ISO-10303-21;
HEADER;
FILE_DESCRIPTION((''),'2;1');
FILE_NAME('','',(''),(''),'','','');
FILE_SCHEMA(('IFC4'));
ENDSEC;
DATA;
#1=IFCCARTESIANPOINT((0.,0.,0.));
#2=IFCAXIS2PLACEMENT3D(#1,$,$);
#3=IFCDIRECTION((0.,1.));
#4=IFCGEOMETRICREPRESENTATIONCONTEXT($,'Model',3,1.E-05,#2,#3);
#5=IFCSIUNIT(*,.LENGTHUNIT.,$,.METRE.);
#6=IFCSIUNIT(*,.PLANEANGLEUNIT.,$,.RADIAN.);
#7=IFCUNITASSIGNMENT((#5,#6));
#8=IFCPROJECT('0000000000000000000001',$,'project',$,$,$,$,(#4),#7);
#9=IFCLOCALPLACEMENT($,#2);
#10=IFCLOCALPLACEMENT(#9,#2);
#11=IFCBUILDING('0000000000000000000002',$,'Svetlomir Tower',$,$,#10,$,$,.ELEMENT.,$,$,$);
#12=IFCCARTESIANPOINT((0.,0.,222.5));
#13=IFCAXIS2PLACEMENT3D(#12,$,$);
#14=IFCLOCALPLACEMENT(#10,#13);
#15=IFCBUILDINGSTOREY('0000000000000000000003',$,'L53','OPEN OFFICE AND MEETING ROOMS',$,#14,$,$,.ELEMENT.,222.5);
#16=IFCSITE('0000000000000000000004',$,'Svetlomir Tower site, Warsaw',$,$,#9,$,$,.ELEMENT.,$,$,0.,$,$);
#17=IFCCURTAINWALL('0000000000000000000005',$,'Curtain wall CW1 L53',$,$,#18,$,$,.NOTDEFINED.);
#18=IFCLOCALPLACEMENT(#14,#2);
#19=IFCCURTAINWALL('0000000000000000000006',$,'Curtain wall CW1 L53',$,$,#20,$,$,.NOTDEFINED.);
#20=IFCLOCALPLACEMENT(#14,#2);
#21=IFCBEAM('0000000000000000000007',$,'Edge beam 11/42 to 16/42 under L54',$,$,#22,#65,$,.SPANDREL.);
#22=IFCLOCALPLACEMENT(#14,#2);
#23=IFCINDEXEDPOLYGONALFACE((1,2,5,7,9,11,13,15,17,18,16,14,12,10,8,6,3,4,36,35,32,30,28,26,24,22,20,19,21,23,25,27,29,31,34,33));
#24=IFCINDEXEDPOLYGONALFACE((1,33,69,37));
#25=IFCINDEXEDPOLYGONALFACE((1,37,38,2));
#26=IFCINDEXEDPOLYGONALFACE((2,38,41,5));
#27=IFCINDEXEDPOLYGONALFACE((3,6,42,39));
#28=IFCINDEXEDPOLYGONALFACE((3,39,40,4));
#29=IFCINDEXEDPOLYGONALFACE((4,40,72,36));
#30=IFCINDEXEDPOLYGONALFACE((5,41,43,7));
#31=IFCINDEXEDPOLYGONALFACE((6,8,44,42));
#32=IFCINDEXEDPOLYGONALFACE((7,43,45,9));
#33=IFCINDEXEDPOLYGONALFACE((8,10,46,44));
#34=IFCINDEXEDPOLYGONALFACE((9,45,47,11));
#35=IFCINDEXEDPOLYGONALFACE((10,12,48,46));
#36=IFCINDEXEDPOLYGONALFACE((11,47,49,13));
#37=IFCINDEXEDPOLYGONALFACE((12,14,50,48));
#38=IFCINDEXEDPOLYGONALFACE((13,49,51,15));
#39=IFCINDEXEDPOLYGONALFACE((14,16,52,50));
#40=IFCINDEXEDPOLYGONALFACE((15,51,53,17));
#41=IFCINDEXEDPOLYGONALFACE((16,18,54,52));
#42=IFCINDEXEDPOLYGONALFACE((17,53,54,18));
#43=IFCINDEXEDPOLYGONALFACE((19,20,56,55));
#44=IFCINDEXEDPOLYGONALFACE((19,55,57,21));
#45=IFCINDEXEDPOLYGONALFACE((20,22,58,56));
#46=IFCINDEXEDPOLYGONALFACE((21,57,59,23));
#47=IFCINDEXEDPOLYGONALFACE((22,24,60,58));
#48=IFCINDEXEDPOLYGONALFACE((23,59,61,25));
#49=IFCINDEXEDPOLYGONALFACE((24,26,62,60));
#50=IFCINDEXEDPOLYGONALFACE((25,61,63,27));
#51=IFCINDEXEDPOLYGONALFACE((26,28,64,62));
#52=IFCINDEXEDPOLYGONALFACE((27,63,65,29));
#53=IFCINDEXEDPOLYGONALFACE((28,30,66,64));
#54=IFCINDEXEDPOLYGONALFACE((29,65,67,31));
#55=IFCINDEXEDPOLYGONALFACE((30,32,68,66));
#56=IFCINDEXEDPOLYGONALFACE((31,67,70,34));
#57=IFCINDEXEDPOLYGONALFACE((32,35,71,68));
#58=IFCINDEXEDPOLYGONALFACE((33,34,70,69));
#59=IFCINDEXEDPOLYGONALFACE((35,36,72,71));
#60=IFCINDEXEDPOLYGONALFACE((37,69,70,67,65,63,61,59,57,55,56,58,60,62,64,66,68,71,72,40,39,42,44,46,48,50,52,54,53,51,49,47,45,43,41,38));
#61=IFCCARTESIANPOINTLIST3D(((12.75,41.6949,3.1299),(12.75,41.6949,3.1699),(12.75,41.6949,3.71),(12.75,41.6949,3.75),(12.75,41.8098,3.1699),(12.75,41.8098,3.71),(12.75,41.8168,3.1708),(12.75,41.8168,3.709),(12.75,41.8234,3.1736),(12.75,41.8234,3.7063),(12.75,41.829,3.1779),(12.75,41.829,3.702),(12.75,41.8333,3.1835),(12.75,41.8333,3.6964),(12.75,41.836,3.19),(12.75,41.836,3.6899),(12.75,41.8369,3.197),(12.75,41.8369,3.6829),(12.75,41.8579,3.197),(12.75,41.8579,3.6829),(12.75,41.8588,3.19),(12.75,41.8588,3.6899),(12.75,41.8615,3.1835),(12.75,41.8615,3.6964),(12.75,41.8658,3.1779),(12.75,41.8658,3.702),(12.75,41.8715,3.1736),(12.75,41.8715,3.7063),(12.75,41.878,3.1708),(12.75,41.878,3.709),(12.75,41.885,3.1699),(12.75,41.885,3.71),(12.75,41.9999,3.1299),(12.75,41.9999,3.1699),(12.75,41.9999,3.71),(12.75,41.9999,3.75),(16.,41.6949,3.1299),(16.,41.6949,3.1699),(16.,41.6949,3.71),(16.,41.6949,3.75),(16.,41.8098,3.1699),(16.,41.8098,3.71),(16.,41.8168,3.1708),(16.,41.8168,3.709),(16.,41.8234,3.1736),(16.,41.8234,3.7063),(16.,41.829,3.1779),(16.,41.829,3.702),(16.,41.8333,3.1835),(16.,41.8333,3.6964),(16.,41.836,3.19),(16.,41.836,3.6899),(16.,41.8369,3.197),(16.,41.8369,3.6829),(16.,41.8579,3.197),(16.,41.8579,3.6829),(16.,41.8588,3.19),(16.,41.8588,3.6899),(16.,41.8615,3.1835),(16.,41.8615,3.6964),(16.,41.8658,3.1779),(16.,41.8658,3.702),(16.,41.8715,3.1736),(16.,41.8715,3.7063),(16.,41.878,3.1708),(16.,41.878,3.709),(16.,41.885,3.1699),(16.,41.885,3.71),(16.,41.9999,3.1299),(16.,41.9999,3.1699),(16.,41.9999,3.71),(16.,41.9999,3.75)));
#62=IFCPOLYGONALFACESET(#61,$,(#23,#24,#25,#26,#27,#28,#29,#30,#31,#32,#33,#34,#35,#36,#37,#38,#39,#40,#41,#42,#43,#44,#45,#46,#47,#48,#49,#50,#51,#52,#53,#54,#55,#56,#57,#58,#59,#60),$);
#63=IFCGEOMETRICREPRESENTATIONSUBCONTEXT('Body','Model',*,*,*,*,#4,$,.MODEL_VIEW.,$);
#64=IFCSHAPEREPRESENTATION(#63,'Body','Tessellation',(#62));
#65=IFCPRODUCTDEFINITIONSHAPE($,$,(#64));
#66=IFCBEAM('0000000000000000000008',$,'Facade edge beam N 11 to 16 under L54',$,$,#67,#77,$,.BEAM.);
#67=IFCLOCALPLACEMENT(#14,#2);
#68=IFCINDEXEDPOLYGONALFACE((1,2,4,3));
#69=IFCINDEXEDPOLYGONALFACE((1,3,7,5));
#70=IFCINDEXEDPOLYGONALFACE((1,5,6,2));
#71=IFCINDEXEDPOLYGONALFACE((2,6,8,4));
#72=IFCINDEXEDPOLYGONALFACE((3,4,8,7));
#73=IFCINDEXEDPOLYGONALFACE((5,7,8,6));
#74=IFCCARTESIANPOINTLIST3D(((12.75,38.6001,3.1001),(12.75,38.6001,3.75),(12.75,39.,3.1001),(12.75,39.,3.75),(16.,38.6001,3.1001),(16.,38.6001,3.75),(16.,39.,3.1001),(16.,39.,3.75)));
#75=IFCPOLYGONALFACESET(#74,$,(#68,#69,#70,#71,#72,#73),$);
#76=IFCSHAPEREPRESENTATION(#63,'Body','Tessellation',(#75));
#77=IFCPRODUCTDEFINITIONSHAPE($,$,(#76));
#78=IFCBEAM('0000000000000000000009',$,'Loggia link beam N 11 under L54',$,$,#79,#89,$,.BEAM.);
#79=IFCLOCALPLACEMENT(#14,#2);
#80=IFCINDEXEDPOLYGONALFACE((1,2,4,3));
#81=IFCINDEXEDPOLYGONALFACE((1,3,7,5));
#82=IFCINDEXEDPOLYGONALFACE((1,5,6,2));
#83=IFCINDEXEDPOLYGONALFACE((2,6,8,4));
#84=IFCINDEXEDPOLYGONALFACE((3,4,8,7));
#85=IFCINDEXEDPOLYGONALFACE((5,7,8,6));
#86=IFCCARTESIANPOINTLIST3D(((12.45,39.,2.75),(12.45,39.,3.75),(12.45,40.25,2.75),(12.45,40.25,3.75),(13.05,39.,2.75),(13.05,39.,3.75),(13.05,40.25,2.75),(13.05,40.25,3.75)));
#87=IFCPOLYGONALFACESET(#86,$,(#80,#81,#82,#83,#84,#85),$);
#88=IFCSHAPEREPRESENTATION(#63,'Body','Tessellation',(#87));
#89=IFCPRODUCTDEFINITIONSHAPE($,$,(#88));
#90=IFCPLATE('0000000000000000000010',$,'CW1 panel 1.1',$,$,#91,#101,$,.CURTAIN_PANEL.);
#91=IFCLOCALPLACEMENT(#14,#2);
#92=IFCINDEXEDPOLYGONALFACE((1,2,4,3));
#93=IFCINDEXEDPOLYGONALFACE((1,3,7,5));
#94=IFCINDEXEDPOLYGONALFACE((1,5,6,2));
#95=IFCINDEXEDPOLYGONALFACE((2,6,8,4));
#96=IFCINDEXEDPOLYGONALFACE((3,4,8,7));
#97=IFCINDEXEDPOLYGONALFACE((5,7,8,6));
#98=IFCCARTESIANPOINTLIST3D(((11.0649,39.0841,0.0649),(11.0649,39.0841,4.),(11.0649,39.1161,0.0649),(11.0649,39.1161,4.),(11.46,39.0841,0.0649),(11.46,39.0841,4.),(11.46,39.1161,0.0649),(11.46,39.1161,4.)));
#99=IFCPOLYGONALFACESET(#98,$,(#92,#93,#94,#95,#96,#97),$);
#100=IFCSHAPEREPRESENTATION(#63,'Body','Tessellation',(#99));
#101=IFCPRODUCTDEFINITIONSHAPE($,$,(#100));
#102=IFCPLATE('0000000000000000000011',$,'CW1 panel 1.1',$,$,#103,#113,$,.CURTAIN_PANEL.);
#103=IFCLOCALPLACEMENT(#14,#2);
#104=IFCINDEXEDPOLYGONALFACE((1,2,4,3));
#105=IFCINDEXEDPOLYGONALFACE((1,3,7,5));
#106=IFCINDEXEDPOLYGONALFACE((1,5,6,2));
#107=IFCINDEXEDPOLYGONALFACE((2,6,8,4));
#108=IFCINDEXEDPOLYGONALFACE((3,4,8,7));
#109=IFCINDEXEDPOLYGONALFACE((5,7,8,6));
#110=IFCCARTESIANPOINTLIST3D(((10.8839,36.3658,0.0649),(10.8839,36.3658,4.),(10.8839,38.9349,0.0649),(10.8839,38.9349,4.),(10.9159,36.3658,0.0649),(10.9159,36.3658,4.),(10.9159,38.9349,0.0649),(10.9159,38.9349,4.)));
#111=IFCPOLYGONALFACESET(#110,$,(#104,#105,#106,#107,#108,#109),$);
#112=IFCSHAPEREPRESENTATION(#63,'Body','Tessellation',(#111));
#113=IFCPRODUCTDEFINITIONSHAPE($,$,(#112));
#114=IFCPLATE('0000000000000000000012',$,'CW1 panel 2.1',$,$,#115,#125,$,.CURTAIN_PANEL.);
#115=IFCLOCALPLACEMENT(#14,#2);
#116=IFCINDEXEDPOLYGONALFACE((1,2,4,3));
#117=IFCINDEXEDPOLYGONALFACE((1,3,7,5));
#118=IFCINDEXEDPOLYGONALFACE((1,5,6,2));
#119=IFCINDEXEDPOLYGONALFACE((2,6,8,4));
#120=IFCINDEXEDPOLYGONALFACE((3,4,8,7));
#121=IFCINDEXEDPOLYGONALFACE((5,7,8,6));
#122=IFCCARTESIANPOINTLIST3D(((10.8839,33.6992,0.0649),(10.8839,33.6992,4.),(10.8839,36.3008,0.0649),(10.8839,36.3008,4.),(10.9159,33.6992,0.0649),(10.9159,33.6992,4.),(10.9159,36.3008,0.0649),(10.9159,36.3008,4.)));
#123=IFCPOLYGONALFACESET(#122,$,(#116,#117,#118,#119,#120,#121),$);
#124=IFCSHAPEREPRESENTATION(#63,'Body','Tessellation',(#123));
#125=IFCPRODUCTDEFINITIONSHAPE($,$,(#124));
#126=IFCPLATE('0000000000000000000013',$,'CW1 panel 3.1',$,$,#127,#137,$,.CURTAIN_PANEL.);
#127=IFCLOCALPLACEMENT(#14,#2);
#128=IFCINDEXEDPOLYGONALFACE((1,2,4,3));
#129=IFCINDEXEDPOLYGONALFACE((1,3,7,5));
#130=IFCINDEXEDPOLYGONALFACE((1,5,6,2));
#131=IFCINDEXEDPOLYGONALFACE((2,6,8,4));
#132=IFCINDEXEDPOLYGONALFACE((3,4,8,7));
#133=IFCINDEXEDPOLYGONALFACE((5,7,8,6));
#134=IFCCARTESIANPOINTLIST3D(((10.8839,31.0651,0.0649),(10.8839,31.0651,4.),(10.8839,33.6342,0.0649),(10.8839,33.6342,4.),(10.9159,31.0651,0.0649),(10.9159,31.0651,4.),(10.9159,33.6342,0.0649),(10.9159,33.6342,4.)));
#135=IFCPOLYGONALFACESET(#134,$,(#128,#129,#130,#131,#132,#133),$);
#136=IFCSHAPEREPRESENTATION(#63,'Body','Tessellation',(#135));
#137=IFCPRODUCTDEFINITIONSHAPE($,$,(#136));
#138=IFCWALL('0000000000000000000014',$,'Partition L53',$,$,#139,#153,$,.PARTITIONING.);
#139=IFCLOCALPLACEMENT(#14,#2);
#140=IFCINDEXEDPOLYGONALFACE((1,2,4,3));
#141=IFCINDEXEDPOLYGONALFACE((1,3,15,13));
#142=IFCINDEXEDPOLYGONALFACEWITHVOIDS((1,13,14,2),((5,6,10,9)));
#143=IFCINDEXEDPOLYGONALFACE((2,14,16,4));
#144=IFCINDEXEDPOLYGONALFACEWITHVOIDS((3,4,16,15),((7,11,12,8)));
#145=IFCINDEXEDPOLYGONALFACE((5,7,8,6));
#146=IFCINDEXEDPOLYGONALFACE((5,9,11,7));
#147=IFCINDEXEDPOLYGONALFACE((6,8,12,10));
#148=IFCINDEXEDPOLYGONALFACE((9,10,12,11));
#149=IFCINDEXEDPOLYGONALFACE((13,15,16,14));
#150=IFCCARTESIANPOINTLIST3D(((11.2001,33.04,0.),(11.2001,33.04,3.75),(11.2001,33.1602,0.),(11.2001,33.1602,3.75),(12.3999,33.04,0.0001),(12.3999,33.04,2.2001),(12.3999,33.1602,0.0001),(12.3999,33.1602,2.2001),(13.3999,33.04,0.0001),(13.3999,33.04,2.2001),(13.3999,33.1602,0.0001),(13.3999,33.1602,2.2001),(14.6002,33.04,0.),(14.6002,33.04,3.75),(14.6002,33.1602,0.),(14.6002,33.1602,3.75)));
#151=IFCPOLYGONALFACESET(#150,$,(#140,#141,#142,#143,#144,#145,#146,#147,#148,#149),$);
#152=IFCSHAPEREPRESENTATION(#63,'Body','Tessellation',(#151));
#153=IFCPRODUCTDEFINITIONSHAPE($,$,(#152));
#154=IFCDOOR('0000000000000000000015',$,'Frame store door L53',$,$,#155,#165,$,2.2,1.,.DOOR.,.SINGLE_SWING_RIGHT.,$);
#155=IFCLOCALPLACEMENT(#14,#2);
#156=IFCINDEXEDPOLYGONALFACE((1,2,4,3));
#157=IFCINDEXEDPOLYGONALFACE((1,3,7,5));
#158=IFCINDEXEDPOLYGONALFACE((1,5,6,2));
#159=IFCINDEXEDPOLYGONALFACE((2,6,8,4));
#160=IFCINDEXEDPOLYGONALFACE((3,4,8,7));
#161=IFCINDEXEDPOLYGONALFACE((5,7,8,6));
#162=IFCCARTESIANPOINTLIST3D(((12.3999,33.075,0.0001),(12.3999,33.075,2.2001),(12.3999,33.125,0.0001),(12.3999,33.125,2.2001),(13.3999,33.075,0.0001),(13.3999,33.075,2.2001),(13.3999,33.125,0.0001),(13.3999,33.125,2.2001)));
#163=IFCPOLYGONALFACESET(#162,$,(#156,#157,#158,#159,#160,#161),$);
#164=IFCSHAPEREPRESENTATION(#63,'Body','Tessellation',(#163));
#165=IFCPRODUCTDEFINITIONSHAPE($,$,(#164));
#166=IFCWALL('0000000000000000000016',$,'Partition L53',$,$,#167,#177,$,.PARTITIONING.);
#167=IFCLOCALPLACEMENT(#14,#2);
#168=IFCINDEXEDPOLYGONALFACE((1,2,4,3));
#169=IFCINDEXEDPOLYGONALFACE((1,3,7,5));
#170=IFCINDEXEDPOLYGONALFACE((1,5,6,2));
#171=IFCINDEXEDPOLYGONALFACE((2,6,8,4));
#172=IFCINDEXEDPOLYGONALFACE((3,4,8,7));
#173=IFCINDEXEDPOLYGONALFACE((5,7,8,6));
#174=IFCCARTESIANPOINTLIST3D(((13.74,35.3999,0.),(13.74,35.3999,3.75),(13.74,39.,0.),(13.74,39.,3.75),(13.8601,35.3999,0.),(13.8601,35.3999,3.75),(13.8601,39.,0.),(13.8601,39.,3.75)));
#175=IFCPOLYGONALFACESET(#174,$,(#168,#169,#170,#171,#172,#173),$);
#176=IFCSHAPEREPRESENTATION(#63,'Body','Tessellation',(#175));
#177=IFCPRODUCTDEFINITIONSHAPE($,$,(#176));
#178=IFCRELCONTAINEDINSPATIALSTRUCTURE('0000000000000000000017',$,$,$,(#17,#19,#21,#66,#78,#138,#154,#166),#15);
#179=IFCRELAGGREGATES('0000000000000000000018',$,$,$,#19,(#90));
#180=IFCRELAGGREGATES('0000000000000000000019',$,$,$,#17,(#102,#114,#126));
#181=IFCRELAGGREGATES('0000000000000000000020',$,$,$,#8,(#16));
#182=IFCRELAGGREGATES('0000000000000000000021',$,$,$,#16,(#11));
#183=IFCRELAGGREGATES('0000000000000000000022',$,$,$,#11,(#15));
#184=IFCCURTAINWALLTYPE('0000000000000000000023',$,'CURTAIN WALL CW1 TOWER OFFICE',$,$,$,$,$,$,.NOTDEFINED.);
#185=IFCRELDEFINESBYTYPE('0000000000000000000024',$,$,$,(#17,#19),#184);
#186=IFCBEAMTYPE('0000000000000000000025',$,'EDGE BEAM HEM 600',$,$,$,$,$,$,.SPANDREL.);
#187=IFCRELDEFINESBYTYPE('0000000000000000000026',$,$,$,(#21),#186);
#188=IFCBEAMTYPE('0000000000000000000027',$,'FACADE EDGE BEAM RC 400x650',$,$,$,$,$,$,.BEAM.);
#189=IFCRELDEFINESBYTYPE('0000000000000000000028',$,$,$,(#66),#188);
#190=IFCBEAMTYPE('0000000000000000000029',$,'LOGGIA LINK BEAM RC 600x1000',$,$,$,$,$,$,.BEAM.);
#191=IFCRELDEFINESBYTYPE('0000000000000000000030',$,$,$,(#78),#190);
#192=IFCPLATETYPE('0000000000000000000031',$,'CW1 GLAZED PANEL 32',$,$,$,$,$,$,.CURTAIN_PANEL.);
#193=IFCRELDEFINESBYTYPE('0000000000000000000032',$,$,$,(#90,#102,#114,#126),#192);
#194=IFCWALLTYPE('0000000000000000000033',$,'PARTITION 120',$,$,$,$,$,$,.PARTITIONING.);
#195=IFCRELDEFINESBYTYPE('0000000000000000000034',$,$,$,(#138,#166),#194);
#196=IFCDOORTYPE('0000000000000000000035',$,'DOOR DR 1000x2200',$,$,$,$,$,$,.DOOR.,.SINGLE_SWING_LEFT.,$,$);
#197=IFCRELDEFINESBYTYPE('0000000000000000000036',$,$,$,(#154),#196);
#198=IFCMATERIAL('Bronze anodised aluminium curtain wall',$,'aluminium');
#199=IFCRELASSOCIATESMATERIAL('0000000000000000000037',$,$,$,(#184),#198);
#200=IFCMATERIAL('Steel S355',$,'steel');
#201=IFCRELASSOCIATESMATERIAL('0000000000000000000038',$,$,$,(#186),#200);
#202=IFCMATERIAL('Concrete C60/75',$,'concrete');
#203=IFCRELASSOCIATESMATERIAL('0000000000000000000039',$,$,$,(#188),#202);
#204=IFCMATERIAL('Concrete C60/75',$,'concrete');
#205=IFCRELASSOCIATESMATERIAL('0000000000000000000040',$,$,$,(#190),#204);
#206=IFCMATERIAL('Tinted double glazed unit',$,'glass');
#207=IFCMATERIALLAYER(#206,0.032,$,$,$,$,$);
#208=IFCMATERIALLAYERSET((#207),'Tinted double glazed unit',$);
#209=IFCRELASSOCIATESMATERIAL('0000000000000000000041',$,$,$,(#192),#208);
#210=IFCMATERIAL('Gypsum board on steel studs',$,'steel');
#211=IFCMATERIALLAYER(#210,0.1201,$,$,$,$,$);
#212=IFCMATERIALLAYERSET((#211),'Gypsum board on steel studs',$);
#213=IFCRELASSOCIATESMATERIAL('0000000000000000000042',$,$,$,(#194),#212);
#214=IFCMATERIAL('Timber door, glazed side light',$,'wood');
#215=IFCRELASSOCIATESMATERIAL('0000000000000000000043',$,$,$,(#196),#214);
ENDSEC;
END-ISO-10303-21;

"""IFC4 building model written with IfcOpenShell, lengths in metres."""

from ifc_helpers import new_model, si_unit, direction, frame, frame_2d, origin, origin_2d, place, context, subcontext, project, spatial, rectangle, i_section, extrude, material, layer, layer_set, material_profile, profile_set, type_object, element, fill, aggregate, save


model = new_model("IFC4")

# Units and contexts
model_context = context("Model", 3, precision=1e-05, world=origin(), true_north=direction((0.0, 1.0)))
body_context = subcontext(model_context, "Body", "Model", "MODEL_VIEW")
ifc_project = project(units=[si_unit("LENGTHUNIT", "METRE"), si_unit("PLANEANGLEUNIT", "RADIAN")], contexts=[model_context])

# Site, building, storey
site_placement = place(None, origin())
site = spatial("IfcSite", under=ifc_project, at=site_placement, Name="Svetlomir Tower site, Warsaw", CompositionType="ELEMENT", RefElevation=0.0)
building_placement = place(site_placement, origin())
building = spatial("IfcBuilding", under=site, at=building_placement, Name="Svetlomir Tower", CompositionType="ELEMENT")
storey_placement = place(building_placement, frame((0.0, 0.0, 222.5)))
storey = spatial("IfcBuildingStorey", under=building, at=storey_placement, Name="L53", Description="OPEN OFFICE AND MEETING ROOMS", CompositionType="ELEMENT", Elevation=222.5)

# Curtain wall
ifc_material_1 = material(Name="Bronze anodised aluminium curtain wall", Category="aluminium")
curtain_wall_type = type_object("IfcCurtainWallType", Name="CURTAIN WALL CW1 TOWER OFFICE", PredefinedType="NOTDEFINED", material=ifc_material_1)
curtain_wall_1_placement = place(storey_placement, origin())
curtain_wall_1 = element("IfcCurtainWall", 1, at=curtain_wall_1_placement, inside=storey, type_object=curtain_wall_type, Name="Curtain wall CW1 L53", PredefinedType="NOTDEFINED")

# Curtain wall
curtain_wall_2_placement = place(storey_placement, origin())
curtain_wall_2 = element("IfcCurtainWall", 2, at=curtain_wall_2_placement, inside=storey, type_object=curtain_wall_type, Name="Curtain wall CW1 L53", PredefinedType="NOTDEFINED")

# Beams
ifc_material_2 = material(Name="Steel S355", Category="steel")
ifc_material_profile_1 = material_profile(ifc_material_2, i_section(OverallWidth=0.3049, OverallDepth=0.6201, WebThickness=0.021, FlangeThickness=0.04, FilletRadius=0.0271, at=origin_2d()), Name="HEM 600")
ifc_profile_set_1 = profile_set([ifc_material_profile_1], Name="Steel S355")
beam_type_1 = type_object("IfcBeamType", Name="EDGE BEAM HEM 600", PredefinedType="SPANDREL", material=ifc_profile_set_1)
beam_1_placement = place(storey_placement, frame((12.75, 41.8474, 3.4399), z_axis=(1.0, 0.0, 0.0), x_axis=(0.0, 1.0, 0.0)))
element("IfcBeam", 3, at=beam_1_placement, inside=storey, type_object=beam_type_1, Name="Edge beam 11/42 to 16/42 under L54", PredefinedType="SPANDREL", context=body_context, shape_type="SweptSolid", body=[
    extrude(i_section(OverallWidth=0.3049, OverallDepth=0.6201, WebThickness=0.021, FlangeThickness=0.04, FilletRadius=0.0271, at=origin_2d()), origin(), (0.0, 0.0, 1.0), 3.25),
])
ifc_material_3 = material(Name="Concrete C60/75", Category="concrete")
ifc_material_profile_2 = material_profile(ifc_material_3, rectangle(XDim=0.3999, YDim=0.6499, at=origin_2d()), Name="RC 400x650")
ifc_profile_set_2 = profile_set([ifc_material_profile_2], Name="Concrete C60/75")
beam_type_2 = type_object("IfcBeamType", Name="FACADE EDGE BEAM RC 400x650", PredefinedType="BEAM", material=ifc_profile_set_2)
beam_2_placement = place(storey_placement, frame((12.75, 38.8, 3.425), z_axis=(1.0, 0.0, 0.0), x_axis=(0.0, 1.0, 0.0)))
element("IfcBeam", 4, at=beam_2_placement, inside=storey, type_object=beam_type_2, Name="Facade edge beam N 11 to 16 under L54", PredefinedType="BEAM", context=body_context, shape_type="SweptSolid", body=[
    extrude(rectangle(XDim=0.3999, YDim=0.6499, at=origin_2d()), origin(), (0.0, 0.0, 1.0), 3.25),
])
ifc_material_4 = material(Name="Concrete C60/75", Category="concrete")
ifc_material_profile_3 = material_profile(ifc_material_4, rectangle(XDim=0.6001, YDim=1.0, at=origin_2d()), Name="RC 600x1000")
ifc_profile_set_3 = profile_set([ifc_material_profile_3], Name="Concrete C60/75")
beam_type_3 = type_object("IfcBeamType", Name="LOGGIA LINK BEAM RC 600x1000", PredefinedType="BEAM", material=ifc_profile_set_3)
beam_3_placement = place(storey_placement, frame((12.75, 40.25, 3.25), z_axis=(0.0, -1.0, 0.0), x_axis=(1.0, 0.0, 0.0)))
element("IfcBeam", 5, at=beam_3_placement, inside=storey, type_object=beam_type_3, Name="Loggia link beam N 11 under L54", PredefinedType="BEAM", context=body_context, shape_type="SweptSolid", body=[
    extrude(rectangle(XDim=0.6001, YDim=1.0, at=origin_2d()), origin(), (0.0, 0.0, 1.0), 1.25),
])

# Plates
ifc_material_5 = material(Name="Tinted double glazed unit", Category="glass")
ifc_layer_1 = layer(ifc_material_5, 0.032)
ifc_layer_set_1 = layer_set([ifc_layer_1], Name="Tinted double glazed unit")
plate_type = type_object("IfcPlateType", Name="CW1 GLAZED PANEL 32", PredefinedType="CURTAIN_PANEL", material=ifc_layer_set_1)
plate_1_placement = place(storey_placement, frame((11.2625, 39.1001, 0.0649), z_axis=(0.0, 0.0, 1.0), x_axis=(-1.0, 0.0, 0.0)))
plate_1 = element("IfcPlate", 6, at=plate_1_placement, type_object=plate_type, Name="CW1 panel 1.1", PredefinedType="CURTAIN_PANEL", context=body_context, shape_type="SweptSolid", body=[
    extrude(rectangle(XDim=0.395, YDim=0.032, at=origin_2d()), origin(), (0.0, 0.0, 1.0), 3.9351),
])
aggregate(curtain_wall_2, [plate_1])
plate_2_placement = place(storey_placement, frame((10.8999, 37.6504, 0.0649), z_axis=(0.0, 0.0, 1.0), x_axis=(0.0, -1.0, 0.0)))
plate_2 = element("IfcPlate", 7, at=plate_2_placement, type_object=plate_type, Name="CW1 panel 1.1", PredefinedType="CURTAIN_PANEL", context=body_context, shape_type="SweptSolid", body=[
    extrude(rectangle(XDim=2.5691, YDim=0.032, at=origin_2d()), origin(), (0.0, 0.0, 1.0), 3.9351),
])
plate_3_placement = place(storey_placement, frame((10.8999, 35.0, 0.0649), z_axis=(0.0, 0.0, 1.0), x_axis=(0.0, -1.0, 0.0)))
plate_3 = element("IfcPlate", 8, at=plate_3_placement, type_object=plate_type, Name="CW1 panel 2.1", PredefinedType="CURTAIN_PANEL", context=body_context, shape_type="SweptSolid", body=[
    extrude(rectangle(XDim=2.6016, YDim=0.032, at=origin_2d()), origin(), (0.0, 0.0, 1.0), 3.9351),
])
plate_4_placement = place(storey_placement, frame((10.8999, 32.3496, 0.0649), z_axis=(0.0, 0.0, 1.0), x_axis=(0.0, -1.0, 0.0)))
plate_4 = element("IfcPlate", 9, at=plate_4_placement, type_object=plate_type, Name="CW1 panel 3.1", PredefinedType="CURTAIN_PANEL", context=body_context, shape_type="SweptSolid", body=[
    extrude(rectangle(XDim=2.5691, YDim=0.032, at=origin_2d()), origin(), (0.0, 0.0, 1.0), 3.9351),
])
aggregate(curtain_wall_1, [plate_2, plate_3, plate_4])

# Wall, opening, door
ifc_material_6 = material(Name="Gypsum board on steel studs", Category="steel")
ifc_layer_2 = layer(ifc_material_6, 0.1201)
ifc_layer_set_2 = layer_set([ifc_layer_2], Name="Gypsum board on steel studs")
wall_type = type_object("IfcWallType", Name="PARTITION 120", PredefinedType="PARTITIONING", material=ifc_layer_set_2)
wall_1_placement = place(storey_placement, frame((11.2, 33.1001, 0.0), z_axis=(0.0, 0.0, 1.0), x_axis=(1.0, 0.0, 0.0)))
wall_1 = element("IfcWall", 10, at=wall_1_placement, inside=storey, type_object=wall_type, Name="Partition L53", PredefinedType="PARTITIONING", context=body_context, shape_type="SweptSolid", body=[
    extrude(rectangle(XDim=3.4001, YDim=0.1201, at=frame_2d((1.7002, 0.0))), origin(), (0.0, 0.0, 1.0), 3.75),
])
opening_1_placement = place(wall_1_placement, frame((1.2, 0.0, 0.0)))
opening_1 = element("IfcOpeningElement", 11, at=opening_1_placement, cuts=wall_1, PredefinedType="OPENING", context=body_context, shape_type="SweptSolid", body=[
    extrude(rectangle(XDim=1.0, YDim=2.2, at=frame_2d((0.5, 1.1001))), frame((0.0, 0.0701, 0.0), z_axis=(0.0, -1.0, 0.0), x_axis=(1.0, 0.0, 0.0)), (0.0, 0.0, 1.0), 0.1401),
])
ifc_material_7 = material(Name="Timber door, glazed side light", Category="wood")
door_type = type_object("IfcDoorType", Name="DOOR DR 1000x2200", OperationType="SINGLE_SWING_LEFT", PredefinedType="DOOR", material=ifc_material_7)
door_1_placement = place(opening_1_placement, origin())
door_1 = element("IfcDoor", 12, at=door_1_placement, inside=storey, type_object=door_type, Name="Frame store door L53", OperationType="SINGLE_SWING_RIGHT", OverallHeight=2.2, OverallWidth=1.0, PredefinedType="DOOR", context=body_context, shape_type="SweptSolid", body=[
    extrude(rectangle(XDim=1.0, YDim=2.2, at=frame_2d((0.5, 1.1001))), frame((0.0, 0.0249, 0.0), z_axis=(0.0, -1.0, 0.0), x_axis=(1.0, 0.0, 0.0)), (0.0, 0.0, 1.0), 0.05),
])
fill(opening_1, door_1)

# Wall
wall_2_placement = place(storey_placement, frame((13.8, 35.3999, 0.0), z_axis=(0.0, 0.0, 1.0), x_axis=(0.0, 1.0, 0.0)))
element("IfcWall", 13, at=wall_2_placement, inside=storey, type_object=wall_type, Name="Partition L53", PredefinedType="PARTITIONING", context=body_context, shape_type="SweptSolid", body=[
    extrude(rectangle(XDim=3.6001, YDim=0.1201, at=frame_2d((1.8, 0.0))), origin(), (0.0, 0.0, 1.0), 3.75),
])

save(model, "model.ifc")
